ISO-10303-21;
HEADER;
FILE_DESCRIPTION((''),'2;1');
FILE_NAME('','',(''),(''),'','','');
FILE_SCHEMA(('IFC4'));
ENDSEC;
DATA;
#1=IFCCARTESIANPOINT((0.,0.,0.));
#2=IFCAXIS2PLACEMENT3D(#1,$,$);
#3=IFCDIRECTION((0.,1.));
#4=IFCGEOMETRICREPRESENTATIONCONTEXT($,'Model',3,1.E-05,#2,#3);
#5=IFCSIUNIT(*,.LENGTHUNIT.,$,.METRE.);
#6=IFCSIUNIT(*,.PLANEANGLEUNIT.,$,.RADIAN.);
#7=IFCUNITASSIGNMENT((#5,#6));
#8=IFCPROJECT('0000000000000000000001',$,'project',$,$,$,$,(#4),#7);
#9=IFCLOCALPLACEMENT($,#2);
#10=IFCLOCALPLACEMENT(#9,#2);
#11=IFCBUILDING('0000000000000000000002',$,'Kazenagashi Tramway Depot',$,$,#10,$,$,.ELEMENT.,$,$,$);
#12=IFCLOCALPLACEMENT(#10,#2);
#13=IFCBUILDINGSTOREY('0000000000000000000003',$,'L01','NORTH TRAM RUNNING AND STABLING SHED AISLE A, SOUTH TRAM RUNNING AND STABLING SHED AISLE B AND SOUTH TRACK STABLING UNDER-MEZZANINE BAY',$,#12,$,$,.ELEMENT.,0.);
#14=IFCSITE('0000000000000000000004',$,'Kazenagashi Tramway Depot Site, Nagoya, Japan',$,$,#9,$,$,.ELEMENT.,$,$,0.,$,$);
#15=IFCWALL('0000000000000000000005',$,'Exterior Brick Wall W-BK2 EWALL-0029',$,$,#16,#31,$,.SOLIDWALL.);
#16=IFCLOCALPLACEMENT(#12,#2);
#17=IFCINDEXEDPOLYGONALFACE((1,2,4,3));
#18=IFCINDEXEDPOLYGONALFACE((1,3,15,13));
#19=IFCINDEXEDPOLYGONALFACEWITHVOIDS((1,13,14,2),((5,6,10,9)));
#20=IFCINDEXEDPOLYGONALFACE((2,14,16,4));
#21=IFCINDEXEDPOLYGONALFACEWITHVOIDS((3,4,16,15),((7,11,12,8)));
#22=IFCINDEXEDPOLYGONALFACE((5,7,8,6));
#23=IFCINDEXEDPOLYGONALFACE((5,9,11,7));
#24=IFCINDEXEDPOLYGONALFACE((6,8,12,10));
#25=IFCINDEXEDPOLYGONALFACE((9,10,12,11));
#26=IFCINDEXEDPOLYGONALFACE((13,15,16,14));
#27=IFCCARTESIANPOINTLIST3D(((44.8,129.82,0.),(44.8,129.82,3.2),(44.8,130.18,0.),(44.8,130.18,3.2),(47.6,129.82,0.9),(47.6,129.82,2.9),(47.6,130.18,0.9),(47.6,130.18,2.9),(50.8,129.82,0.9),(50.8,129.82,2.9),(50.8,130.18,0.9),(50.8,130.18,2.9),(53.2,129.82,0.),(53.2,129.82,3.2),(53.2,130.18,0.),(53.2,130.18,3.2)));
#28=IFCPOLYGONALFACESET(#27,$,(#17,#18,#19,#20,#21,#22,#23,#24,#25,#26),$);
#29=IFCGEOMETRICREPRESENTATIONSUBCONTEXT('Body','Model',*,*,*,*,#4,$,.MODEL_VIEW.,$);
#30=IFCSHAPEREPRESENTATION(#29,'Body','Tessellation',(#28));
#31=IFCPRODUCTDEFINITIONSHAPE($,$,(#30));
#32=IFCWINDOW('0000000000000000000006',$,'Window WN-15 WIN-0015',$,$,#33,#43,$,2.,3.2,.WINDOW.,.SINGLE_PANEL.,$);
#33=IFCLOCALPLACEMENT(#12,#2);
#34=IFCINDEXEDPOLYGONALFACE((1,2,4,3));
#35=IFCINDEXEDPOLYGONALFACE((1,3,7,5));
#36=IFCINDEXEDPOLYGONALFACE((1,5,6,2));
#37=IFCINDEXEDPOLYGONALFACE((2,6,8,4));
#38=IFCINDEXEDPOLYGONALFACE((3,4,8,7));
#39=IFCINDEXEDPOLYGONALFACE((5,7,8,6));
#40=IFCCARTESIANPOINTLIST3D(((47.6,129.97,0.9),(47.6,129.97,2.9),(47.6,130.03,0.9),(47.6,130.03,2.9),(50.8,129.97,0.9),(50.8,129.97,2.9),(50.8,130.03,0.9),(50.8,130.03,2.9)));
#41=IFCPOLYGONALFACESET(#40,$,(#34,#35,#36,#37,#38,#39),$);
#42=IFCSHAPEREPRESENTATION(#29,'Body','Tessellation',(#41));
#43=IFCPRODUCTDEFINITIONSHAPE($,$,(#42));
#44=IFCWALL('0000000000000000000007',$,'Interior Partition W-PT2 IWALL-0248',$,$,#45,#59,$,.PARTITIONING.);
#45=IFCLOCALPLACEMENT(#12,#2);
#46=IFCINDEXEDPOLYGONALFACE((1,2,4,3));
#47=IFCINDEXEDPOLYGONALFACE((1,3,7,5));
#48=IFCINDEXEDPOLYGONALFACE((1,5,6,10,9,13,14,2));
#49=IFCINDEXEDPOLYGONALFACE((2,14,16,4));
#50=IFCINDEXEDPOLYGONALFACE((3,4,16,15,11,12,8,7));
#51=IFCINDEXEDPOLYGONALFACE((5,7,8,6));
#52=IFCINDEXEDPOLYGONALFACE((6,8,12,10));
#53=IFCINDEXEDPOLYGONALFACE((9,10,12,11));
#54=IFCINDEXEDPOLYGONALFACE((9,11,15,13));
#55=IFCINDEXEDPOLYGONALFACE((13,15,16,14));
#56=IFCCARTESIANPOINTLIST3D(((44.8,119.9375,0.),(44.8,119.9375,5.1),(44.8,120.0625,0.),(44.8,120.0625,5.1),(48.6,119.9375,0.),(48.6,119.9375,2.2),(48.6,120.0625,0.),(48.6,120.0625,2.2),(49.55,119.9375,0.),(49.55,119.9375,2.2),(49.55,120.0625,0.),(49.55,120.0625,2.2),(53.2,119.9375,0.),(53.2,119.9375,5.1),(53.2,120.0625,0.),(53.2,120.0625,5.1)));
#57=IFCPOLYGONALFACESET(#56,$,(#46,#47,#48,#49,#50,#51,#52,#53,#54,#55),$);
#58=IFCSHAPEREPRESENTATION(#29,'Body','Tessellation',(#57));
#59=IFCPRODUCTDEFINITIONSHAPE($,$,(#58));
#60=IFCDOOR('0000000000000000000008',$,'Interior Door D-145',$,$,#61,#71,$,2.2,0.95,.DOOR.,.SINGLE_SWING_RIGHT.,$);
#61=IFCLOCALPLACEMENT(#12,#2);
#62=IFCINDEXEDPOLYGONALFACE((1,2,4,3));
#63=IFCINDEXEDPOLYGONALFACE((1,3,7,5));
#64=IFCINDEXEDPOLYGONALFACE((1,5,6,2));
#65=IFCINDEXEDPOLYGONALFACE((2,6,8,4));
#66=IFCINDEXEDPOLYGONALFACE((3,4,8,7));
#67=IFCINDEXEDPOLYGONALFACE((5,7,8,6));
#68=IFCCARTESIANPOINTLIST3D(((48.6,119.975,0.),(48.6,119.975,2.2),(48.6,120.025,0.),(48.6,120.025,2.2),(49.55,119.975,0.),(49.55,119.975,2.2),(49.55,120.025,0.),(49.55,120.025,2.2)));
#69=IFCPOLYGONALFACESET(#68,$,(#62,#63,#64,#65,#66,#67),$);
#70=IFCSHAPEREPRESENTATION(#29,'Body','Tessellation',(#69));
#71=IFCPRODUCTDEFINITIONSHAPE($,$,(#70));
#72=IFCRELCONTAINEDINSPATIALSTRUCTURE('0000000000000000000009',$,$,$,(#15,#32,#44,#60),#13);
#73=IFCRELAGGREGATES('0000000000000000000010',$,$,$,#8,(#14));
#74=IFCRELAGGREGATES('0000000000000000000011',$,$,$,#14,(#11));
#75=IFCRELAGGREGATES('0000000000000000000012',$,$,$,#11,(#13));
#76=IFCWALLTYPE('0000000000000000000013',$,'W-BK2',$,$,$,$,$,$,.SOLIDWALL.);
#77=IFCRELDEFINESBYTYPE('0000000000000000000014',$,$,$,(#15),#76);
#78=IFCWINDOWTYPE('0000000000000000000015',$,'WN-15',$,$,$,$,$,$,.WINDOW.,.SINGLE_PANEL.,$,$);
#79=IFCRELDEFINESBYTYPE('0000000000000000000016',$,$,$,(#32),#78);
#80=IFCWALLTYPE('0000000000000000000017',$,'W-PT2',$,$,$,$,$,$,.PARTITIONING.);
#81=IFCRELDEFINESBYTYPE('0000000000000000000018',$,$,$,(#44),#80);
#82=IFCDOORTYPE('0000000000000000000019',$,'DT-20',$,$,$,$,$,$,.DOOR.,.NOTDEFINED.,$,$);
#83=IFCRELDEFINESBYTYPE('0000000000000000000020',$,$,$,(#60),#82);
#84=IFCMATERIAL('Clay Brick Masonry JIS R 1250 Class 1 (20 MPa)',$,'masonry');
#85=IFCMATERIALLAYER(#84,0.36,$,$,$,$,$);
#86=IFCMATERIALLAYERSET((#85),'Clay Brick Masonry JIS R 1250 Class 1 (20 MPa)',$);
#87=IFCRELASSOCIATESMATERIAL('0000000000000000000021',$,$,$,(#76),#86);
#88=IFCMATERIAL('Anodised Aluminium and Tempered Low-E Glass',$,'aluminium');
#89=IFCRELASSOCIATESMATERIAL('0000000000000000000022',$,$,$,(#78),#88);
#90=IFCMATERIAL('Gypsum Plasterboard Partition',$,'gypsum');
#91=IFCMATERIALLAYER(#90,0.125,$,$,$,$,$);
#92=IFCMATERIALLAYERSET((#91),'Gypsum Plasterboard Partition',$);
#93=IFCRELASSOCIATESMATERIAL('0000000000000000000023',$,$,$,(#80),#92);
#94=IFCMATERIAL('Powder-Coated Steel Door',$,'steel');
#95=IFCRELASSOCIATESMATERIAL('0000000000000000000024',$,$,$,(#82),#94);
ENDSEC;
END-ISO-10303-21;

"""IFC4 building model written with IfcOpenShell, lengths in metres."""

from ifc_helpers import new_model, si_unit, direction, frame, frame_2d, origin, place, context, subcontext, project, spatial, rectangle, extrude, material, layer, layer_set, type_object, element, fill, save


model = new_model("IFC4")

# Units and contexts
model_context = context("Model", 3, precision=1e-05, world=origin(), true_north=direction((0.0, 1.0)))
body_context = subcontext(model_context, "Body", "Model", "MODEL_VIEW")
ifc_project = project(units=[si_unit("LENGTHUNIT", "METRE"), si_unit("PLANEANGLEUNIT", "RADIAN")], contexts=[model_context])

# Site, building, storey
site_placement = place(None, origin())
site = spatial("IfcSite", under=ifc_project, at=site_placement, Name="Kazenagashi Tramway Depot Site, Nagoya, Japan", CompositionType="ELEMENT", RefElevation=0.0)
building_placement = place(site_placement, origin())
building = spatial("IfcBuilding", under=site, at=building_placement, Name="Kazenagashi Tramway Depot", CompositionType="ELEMENT")
storey_placement = place(building_placement, origin())
storey = spatial("IfcBuildingStorey", under=building, at=storey_placement, Name="L01", Description="NORTH TRAM RUNNING AND STABLING SHED AISLE A, SOUTH TRAM RUNNING AND STABLING SHED AISLE B AND SOUTH TRACK STABLING UNDER-MEZZANINE BAY", CompositionType="ELEMENT", Elevation=0.0)

# Wall, opening, window
ifc_material_1 = material(Name="Clay Brick Masonry JIS R 1250 Class 1 (20 MPa)", Category="masonry")
ifc_layer_1 = layer(ifc_material_1, 0.36)
ifc_layer_set_1 = layer_set([ifc_layer_1], Name="Clay Brick Masonry JIS R 1250 Class 1 (20 MPa)")
wall_type_1 = type_object("IfcWallType", Name="W-BK2", PredefinedType="SOLIDWALL", material=ifc_layer_set_1)
wall_1_placement = place(storey_placement, frame((44.8, 130.0, 0.0), z_axis=(0.0, 0.0, 1.0), x_axis=(1.0, 0.0, 0.0)))
wall_1 = element("IfcWall", 1, at=wall_1_placement, inside=storey, type_object=wall_type_1, Name="Exterior Brick Wall W-BK2 EWALL-0029", PredefinedType="SOLIDWALL", context=body_context, shape_type="SweptSolid", body=[
    extrude(rectangle(XDim=8.4, YDim=0.36, at=frame_2d((4.2, 0.0))), origin(), (0.0, 0.0, 1.0), 3.2),
])
opening_1_placement = place(wall_1_placement, frame((2.8, 0.0, 0.9)))
opening_1 = element("IfcOpeningElement", 2, at=opening_1_placement, cuts=wall_1, PredefinedType="OPENING", context=body_context, shape_type="SweptSolid", body=[
    extrude(rectangle(XDim=3.2, YDim=2.0, at=frame_2d((1.6, 1.0))), frame((0.0, 0.19, 0.0), z_axis=(0.0, -1.0, 0.0), x_axis=(1.0, 0.0, 0.0)), (0.0, 0.0, 1.0), 0.38),
])
ifc_material_2 = material(Name="Anodised Aluminium and Tempered Low-E Glass", Category="aluminium")
window_type = type_object("IfcWindowType", Name="WN-15", PartitioningType="SINGLE_PANEL", PredefinedType="WINDOW", material=ifc_material_2)
window_placement = place(opening_1_placement, origin())
window = element("IfcWindow", 3, at=window_placement, inside=storey, type_object=window_type, Name="Window WN-15 WIN-0015", OverallHeight=2.0, OverallWidth=3.2, PartitioningType="SINGLE_PANEL", PredefinedType="WINDOW", context=body_context, shape_type="SweptSolid", body=[
    extrude(rectangle(XDim=3.2, YDim=2.0, at=frame_2d((1.6, 1.0))), frame((0.0, 0.03, 0.0), z_axis=(0.0, -1.0, 0.0), x_axis=(1.0, 0.0, 0.0)), (0.0, 0.0, 1.0), 0.06),
])
fill(opening_1, window)

# Wall, opening, door
ifc_material_3 = material(Name="Gypsum Plasterboard Partition", Category="gypsum")
ifc_layer_2 = layer(ifc_material_3, 0.125)
ifc_layer_set_2 = layer_set([ifc_layer_2], Name="Gypsum Plasterboard Partition")
wall_type_2 = type_object("IfcWallType", Name="W-PT2", PredefinedType="PARTITIONING", material=ifc_layer_set_2)
wall_2_placement = place(storey_placement, frame((44.8, 120.0, 0.0), z_axis=(0.0, 0.0, 1.0), x_axis=(1.0, 0.0, 0.0)))
wall_2 = element("IfcWall", 4, at=wall_2_placement, inside=storey, type_object=wall_type_2, Name="Interior Partition W-PT2 IWALL-0248", PredefinedType="PARTITIONING", context=body_context, shape_type="SweptSolid", body=[
    extrude(rectangle(XDim=8.4, YDim=0.125, at=frame_2d((4.2, 0.0))), origin(), (0.0, 0.0, 1.0), 5.1),
])
opening_2_placement = place(wall_2_placement, frame((3.8, 0.0, 0.0)))
opening_2 = element("IfcOpeningElement", 5, at=opening_2_placement, cuts=wall_2, PredefinedType="OPENING", context=body_context, shape_type="SweptSolid", body=[
    extrude(rectangle(XDim=0.95, YDim=2.2, at=frame_2d((0.475, 1.1))), frame((0.0, 0.0725, 0.0), z_axis=(0.0, -1.0, 0.0), x_axis=(1.0, 0.0, 0.0)), (0.0, 0.0, 1.0), 0.145),
])
ifc_material_4 = material(Name="Powder-Coated Steel Door", Category="steel")
door_type = type_object("IfcDoorType", Name="DT-20", OperationType="NOTDEFINED", PredefinedType="DOOR", material=ifc_material_4)
door_placement = place(opening_2_placement, origin())
door = element("IfcDoor", 6, at=door_placement, inside=storey, type_object=door_type, Name="Interior Door D-145", OperationType="SINGLE_SWING_RIGHT", OverallHeight=2.2, OverallWidth=0.95, PredefinedType="DOOR", context=body_context, shape_type="SweptSolid", body=[
    extrude(rectangle(XDim=0.95, YDim=2.2, at=frame_2d((0.475, 1.1))), frame((0.0, 0.025, 0.0), z_axis=(0.0, -1.0, 0.0), x_axis=(1.0, 0.0, 0.0)), (0.0, 0.0, 1.0), 0.05),
])
fill(opening_2, door)

save(model, "model.ifc")
